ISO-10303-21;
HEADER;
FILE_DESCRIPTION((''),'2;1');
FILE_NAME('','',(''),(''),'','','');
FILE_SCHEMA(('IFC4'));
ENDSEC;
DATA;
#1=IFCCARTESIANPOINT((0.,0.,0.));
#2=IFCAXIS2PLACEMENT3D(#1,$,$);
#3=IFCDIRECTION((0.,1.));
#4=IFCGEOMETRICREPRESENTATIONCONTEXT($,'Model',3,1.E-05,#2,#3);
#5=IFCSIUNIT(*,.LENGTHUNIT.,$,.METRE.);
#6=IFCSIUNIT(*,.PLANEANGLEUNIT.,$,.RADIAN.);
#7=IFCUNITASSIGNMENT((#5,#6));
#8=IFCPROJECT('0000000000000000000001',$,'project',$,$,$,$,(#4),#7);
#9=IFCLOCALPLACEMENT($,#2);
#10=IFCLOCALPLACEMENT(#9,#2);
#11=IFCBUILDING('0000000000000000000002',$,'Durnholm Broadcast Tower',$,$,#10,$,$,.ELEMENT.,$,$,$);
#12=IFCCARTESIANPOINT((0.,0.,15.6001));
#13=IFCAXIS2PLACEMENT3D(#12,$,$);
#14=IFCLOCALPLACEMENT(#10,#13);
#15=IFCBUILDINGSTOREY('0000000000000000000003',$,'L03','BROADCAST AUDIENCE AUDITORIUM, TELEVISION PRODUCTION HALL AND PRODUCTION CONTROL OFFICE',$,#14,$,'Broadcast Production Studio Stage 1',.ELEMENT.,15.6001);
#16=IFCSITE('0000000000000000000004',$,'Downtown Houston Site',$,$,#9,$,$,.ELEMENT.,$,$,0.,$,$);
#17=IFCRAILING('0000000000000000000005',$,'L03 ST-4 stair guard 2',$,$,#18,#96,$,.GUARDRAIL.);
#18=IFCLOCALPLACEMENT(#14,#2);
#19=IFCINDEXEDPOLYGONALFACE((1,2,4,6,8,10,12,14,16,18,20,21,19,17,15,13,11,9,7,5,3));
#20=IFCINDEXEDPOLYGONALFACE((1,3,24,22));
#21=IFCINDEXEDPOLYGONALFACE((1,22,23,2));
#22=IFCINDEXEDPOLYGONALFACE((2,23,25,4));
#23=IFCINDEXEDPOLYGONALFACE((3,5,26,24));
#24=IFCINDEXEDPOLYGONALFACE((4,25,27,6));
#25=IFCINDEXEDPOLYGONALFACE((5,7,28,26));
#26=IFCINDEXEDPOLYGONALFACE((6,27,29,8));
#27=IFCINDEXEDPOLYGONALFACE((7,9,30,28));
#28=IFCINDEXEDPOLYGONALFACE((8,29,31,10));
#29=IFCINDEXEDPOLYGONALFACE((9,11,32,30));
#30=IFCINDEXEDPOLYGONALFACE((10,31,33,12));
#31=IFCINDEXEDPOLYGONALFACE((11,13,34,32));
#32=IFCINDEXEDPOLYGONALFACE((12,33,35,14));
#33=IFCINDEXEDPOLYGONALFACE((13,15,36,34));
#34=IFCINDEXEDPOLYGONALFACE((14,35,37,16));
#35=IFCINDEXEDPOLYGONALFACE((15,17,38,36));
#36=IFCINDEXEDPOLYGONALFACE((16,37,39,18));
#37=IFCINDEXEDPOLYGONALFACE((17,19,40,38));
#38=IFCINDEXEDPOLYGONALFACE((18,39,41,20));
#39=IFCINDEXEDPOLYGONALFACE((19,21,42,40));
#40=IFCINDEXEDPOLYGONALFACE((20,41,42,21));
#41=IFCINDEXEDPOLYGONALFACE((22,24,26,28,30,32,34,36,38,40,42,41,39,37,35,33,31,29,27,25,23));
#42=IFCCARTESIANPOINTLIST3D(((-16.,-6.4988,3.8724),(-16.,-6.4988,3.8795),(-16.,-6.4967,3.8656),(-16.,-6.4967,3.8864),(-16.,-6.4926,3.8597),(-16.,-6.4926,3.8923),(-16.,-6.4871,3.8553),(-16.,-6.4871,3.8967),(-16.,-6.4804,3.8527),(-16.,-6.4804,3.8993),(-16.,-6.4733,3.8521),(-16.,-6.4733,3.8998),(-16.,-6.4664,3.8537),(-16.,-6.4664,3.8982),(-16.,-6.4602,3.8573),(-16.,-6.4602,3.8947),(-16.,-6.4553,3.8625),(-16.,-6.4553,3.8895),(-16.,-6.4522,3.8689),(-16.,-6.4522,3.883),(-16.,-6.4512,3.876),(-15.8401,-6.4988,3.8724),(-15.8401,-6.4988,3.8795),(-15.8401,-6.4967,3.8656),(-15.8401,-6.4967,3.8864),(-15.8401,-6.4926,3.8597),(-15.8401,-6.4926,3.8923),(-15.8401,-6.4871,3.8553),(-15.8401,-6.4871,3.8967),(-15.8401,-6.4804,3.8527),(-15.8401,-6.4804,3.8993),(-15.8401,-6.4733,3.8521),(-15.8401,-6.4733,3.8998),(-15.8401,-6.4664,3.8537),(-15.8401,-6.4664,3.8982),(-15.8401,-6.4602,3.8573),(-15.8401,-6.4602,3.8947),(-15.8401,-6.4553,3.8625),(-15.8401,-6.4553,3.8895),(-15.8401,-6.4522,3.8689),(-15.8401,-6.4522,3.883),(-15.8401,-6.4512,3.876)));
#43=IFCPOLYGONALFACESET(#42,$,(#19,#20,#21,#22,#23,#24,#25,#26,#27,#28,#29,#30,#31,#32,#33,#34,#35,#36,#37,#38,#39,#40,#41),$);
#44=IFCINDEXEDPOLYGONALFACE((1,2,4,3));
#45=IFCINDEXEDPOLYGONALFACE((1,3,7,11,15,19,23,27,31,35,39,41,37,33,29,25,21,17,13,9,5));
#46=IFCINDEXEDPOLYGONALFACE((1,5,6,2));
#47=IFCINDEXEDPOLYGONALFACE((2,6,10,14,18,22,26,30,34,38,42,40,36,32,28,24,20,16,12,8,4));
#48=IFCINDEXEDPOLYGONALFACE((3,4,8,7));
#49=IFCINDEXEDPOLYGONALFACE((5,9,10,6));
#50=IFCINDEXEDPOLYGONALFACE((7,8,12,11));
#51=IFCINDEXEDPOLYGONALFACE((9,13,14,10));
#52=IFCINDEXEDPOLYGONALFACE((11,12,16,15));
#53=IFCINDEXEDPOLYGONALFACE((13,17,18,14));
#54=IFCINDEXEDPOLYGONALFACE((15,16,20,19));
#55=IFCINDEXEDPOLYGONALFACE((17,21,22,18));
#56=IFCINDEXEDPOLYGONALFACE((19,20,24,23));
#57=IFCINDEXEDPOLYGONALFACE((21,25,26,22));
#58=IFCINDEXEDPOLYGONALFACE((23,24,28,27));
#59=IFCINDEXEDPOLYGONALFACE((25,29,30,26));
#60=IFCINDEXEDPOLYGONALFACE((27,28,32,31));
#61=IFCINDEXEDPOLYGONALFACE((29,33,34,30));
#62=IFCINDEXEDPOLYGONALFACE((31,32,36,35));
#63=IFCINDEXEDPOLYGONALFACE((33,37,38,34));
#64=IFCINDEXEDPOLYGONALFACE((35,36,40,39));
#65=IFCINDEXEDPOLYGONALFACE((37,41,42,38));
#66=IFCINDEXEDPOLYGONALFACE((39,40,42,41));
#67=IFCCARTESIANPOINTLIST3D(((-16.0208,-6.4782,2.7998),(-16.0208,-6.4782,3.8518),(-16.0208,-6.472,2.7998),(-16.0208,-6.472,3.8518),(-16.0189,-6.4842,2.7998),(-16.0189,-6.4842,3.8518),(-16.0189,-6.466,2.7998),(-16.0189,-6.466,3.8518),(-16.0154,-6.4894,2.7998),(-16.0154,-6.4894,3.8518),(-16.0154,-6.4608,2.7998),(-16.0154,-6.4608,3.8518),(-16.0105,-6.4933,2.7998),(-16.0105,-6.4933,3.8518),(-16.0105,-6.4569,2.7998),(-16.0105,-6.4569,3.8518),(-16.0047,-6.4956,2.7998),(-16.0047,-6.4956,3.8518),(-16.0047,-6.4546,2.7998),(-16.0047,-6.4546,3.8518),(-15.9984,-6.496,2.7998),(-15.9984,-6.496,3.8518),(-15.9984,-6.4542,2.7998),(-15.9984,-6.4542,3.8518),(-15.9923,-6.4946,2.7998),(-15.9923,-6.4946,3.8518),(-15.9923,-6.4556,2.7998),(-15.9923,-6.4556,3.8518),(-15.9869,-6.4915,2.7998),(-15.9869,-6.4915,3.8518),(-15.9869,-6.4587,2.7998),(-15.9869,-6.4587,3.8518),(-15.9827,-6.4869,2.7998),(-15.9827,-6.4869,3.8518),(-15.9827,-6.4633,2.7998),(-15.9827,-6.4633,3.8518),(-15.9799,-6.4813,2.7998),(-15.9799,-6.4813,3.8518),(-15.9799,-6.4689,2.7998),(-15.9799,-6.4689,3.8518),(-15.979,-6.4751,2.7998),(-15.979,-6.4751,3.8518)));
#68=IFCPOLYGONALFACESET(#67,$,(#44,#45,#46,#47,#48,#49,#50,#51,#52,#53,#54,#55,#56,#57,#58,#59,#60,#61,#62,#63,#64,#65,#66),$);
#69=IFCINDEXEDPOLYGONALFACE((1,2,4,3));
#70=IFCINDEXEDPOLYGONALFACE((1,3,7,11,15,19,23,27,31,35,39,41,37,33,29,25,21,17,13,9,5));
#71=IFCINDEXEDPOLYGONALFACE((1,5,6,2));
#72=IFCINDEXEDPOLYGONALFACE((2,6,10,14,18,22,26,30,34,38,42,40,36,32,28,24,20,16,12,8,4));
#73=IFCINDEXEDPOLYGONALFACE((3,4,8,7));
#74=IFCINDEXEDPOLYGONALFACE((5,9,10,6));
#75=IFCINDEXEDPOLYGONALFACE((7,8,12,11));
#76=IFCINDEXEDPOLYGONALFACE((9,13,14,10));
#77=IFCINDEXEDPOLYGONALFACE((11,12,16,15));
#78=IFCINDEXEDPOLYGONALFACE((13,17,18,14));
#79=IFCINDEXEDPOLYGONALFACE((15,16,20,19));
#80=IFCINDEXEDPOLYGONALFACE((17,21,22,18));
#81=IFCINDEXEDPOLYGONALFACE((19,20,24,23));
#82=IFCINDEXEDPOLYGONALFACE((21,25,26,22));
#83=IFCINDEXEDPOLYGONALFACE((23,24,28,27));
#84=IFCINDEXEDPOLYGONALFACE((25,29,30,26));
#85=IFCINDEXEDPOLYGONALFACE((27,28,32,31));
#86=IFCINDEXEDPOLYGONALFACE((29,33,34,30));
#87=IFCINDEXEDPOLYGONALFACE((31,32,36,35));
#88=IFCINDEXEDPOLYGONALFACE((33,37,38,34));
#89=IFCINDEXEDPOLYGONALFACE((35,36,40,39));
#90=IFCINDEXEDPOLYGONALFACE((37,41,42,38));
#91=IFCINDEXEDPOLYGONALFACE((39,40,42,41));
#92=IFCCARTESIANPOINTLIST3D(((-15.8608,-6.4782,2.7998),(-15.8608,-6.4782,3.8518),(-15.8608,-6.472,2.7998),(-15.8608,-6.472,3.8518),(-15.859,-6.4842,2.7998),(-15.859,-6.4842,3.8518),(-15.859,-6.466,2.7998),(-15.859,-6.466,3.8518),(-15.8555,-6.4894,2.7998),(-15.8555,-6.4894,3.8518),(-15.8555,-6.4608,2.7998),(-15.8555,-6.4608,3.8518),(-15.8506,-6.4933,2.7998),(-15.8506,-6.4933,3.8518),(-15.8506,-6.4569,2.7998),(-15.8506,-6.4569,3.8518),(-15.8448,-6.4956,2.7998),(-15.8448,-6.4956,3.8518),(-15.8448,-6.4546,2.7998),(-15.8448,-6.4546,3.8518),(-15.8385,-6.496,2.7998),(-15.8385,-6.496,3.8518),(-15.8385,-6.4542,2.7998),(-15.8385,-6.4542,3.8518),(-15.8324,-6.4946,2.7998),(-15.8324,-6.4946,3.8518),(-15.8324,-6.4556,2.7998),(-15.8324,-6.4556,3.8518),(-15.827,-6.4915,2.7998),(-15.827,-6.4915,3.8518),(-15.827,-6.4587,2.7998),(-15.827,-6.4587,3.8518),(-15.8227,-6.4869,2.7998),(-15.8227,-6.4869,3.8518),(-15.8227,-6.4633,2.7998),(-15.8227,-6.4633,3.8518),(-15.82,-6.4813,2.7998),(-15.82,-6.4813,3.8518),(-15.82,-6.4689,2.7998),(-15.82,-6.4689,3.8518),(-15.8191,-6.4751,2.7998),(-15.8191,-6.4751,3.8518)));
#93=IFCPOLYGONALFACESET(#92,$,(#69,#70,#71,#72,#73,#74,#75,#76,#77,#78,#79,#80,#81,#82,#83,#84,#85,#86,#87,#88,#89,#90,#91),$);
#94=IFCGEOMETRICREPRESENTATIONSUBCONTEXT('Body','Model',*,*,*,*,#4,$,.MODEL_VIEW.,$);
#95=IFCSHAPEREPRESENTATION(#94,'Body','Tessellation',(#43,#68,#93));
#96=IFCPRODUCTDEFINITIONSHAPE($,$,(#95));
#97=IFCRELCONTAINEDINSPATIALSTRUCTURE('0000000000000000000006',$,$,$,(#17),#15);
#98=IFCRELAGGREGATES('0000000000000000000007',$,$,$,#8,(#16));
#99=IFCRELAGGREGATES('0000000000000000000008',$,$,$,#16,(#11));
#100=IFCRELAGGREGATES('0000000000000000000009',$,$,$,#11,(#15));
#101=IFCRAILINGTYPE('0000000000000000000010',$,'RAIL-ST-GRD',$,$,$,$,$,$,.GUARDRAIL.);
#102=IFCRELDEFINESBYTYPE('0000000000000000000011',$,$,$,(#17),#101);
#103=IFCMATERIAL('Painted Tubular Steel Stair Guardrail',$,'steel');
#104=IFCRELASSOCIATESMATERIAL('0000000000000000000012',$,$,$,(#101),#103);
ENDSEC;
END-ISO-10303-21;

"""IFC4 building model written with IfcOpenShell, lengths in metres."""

from ifc_helpers import new_model, si_unit, direction, frame, origin, origin_2d, place, context, subcontext, project, spatial, circle, extrude, material, type_object, element, save


model = new_model("IFC4")

# Units and contexts
model_context = context("Model", 3, precision=1e-05, world=origin(), true_north=direction((0.0, 1.0)))
body_context = subcontext(model_context, "Body", "Model", "MODEL_VIEW")
ifc_project = project(units=[si_unit("LENGTHUNIT", "METRE"), si_unit("PLANEANGLEUNIT", "RADIAN")], contexts=[model_context])

# Site, building, storey
site_placement = place(None, origin())
site = spatial("IfcSite", under=ifc_project, at=site_placement, Name="Downtown Houston Site", CompositionType="ELEMENT", RefElevation=0.0)
building_placement = place(site_placement, origin())
building = spatial("IfcBuilding", under=site, at=building_placement, Name="Durnholm Broadcast Tower", CompositionType="ELEMENT")
storey_placement = place(building_placement, frame((0.0, 0.0, 15.6001)))
storey = spatial("IfcBuildingStorey", under=building, at=storey_placement, Name="L03", Description="BROADCAST AUDIENCE AUDITORIUM, TELEVISION PRODUCTION HALL AND PRODUCTION CONTROL OFFICE", LongName="Broadcast Production Studio Stage 1", CompositionType="ELEMENT", Elevation=15.6001)

# Railing
ifc_material_1 = material(Name="Painted Tubular Steel Stair Guardrail", Category="steel")
railing_type_1 = type_object("IfcRailingType", Name="RAIL-ST-GRD", PredefinedType="GUARDRAIL", material=ifc_material_1)
railing_1_placement = place(storey_placement, frame((-16.0, -6.4751, 2.7998)))
element("IfcRailing", 1, at=railing_1_placement, inside=storey, type_object=railing_type_1, Name="L03 ST-4 stair guard 2", PredefinedType="GUARDRAIL", context=body_context, shape_type="SweptSolid", body=[
    extrude(circle(Radius=0.0239, at=origin_2d()), frame((0.0, 0.0, 1.0762), z_axis=(1.0, 0.0, 0.0), x_axis=(0.0, 1.0, 0.0)), (0.0, 0.0, 1.0), 0.1599),
    extrude(circle(Radius=0.021, at=origin_2d()), origin(), (0.0, 0.0, 1.0), 1.052),
    extrude(circle(Radius=0.021, at=origin_2d()), frame((0.1599, 0.0, 0.0)), (0.0, 0.0, 1.0), 1.052),
])

save(model, "model.ifc")
